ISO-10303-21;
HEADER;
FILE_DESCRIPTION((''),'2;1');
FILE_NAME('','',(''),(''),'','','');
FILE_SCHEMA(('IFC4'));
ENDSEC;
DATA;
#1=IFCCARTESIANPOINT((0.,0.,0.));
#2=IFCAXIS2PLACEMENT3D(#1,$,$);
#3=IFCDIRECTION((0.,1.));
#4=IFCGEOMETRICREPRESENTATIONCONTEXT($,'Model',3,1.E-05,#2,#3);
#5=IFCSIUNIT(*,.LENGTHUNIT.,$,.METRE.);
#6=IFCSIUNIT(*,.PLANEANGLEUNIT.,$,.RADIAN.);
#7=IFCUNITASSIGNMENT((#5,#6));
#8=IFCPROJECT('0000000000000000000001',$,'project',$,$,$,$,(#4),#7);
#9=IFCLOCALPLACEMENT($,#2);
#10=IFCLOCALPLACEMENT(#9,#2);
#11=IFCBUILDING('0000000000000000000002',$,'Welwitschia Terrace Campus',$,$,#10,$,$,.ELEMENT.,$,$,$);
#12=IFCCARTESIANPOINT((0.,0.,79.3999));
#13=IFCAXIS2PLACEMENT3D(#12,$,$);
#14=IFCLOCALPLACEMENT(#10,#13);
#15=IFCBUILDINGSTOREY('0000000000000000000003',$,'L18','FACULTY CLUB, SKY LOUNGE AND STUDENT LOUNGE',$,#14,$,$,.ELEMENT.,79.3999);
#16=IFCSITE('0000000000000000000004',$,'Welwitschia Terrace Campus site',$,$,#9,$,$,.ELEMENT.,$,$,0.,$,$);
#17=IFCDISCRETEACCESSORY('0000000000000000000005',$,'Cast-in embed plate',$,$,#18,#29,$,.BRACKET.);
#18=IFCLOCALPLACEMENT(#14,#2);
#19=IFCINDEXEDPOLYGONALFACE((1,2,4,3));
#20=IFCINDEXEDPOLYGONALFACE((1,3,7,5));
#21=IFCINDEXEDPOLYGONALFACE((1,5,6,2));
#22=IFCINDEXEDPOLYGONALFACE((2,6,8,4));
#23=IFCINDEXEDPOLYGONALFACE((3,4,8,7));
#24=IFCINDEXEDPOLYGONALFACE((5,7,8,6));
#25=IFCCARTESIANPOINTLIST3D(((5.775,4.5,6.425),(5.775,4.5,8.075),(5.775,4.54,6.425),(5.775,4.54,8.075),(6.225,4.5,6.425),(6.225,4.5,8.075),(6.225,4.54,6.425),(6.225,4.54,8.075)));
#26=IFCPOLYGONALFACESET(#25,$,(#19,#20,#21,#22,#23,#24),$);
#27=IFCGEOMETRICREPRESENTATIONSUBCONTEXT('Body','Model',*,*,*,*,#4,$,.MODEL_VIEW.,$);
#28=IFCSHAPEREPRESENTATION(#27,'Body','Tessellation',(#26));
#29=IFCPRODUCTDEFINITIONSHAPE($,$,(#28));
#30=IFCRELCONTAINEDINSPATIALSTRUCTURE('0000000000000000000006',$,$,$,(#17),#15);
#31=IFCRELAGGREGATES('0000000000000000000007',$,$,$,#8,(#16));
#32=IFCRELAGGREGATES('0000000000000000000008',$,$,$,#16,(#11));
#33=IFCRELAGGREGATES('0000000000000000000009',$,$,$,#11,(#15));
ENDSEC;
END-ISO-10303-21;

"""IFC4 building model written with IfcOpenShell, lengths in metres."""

from ifc_helpers import new_model, si_unit, direction, frame, origin, origin_2d, place, context, subcontext, project, spatial, rectangle, extrude, element, save


model = new_model("IFC4")

# Units and contexts
model_context = context("Model", 3, precision=1e-05, world=origin(), true_north=direction((0.0, 1.0)))
body_context = subcontext(model_context, "Body", "Model", "MODEL_VIEW")
ifc_project = project(units=[si_unit("LENGTHUNIT", "METRE"), si_unit("PLANEANGLEUNIT", "RADIAN")], contexts=[model_context])

# Site, building, storey
site_placement = place(None, origin())
site = spatial("IfcSite", under=ifc_project, at=site_placement, Name="Welwitschia Terrace Campus site", CompositionType="ELEMENT", RefElevation=0.0)
building_placement = place(site_placement, origin())
building = spatial("IfcBuilding", under=site, at=building_placement, Name="Welwitschia Terrace Campus", CompositionType="ELEMENT")
storey_placement = place(building_placement, frame((0.0, 0.0, 79.3999)))
storey = spatial("IfcBuildingStorey", under=building, at=storey_placement, Name="L18", Description="FACULTY CLUB, SKY LOUNGE AND STUDENT LOUNGE", CompositionType="ELEMENT", Elevation=79.3999)

# Discrete accessory
discrete_accessory_1_placement = place(storey_placement, frame((6.0, 4.5, 7.25), z_axis=(0.0, 1.0, 0.0), x_axis=(-1.0, 0.0, 0.0)))
element("IfcDiscreteAccessory", 1, at=discrete_accessory_1_placement, inside=storey, Name="Cast-in embed plate", PredefinedType="BRACKET", context=body_context, shape_type="SweptSolid", body=[
    extrude(rectangle(XDim=0.45, YDim=1.6499, at=origin_2d()), origin(), (0.0, 0.0, 1.0), 0.04),
])

save(model, "model.ifc")
